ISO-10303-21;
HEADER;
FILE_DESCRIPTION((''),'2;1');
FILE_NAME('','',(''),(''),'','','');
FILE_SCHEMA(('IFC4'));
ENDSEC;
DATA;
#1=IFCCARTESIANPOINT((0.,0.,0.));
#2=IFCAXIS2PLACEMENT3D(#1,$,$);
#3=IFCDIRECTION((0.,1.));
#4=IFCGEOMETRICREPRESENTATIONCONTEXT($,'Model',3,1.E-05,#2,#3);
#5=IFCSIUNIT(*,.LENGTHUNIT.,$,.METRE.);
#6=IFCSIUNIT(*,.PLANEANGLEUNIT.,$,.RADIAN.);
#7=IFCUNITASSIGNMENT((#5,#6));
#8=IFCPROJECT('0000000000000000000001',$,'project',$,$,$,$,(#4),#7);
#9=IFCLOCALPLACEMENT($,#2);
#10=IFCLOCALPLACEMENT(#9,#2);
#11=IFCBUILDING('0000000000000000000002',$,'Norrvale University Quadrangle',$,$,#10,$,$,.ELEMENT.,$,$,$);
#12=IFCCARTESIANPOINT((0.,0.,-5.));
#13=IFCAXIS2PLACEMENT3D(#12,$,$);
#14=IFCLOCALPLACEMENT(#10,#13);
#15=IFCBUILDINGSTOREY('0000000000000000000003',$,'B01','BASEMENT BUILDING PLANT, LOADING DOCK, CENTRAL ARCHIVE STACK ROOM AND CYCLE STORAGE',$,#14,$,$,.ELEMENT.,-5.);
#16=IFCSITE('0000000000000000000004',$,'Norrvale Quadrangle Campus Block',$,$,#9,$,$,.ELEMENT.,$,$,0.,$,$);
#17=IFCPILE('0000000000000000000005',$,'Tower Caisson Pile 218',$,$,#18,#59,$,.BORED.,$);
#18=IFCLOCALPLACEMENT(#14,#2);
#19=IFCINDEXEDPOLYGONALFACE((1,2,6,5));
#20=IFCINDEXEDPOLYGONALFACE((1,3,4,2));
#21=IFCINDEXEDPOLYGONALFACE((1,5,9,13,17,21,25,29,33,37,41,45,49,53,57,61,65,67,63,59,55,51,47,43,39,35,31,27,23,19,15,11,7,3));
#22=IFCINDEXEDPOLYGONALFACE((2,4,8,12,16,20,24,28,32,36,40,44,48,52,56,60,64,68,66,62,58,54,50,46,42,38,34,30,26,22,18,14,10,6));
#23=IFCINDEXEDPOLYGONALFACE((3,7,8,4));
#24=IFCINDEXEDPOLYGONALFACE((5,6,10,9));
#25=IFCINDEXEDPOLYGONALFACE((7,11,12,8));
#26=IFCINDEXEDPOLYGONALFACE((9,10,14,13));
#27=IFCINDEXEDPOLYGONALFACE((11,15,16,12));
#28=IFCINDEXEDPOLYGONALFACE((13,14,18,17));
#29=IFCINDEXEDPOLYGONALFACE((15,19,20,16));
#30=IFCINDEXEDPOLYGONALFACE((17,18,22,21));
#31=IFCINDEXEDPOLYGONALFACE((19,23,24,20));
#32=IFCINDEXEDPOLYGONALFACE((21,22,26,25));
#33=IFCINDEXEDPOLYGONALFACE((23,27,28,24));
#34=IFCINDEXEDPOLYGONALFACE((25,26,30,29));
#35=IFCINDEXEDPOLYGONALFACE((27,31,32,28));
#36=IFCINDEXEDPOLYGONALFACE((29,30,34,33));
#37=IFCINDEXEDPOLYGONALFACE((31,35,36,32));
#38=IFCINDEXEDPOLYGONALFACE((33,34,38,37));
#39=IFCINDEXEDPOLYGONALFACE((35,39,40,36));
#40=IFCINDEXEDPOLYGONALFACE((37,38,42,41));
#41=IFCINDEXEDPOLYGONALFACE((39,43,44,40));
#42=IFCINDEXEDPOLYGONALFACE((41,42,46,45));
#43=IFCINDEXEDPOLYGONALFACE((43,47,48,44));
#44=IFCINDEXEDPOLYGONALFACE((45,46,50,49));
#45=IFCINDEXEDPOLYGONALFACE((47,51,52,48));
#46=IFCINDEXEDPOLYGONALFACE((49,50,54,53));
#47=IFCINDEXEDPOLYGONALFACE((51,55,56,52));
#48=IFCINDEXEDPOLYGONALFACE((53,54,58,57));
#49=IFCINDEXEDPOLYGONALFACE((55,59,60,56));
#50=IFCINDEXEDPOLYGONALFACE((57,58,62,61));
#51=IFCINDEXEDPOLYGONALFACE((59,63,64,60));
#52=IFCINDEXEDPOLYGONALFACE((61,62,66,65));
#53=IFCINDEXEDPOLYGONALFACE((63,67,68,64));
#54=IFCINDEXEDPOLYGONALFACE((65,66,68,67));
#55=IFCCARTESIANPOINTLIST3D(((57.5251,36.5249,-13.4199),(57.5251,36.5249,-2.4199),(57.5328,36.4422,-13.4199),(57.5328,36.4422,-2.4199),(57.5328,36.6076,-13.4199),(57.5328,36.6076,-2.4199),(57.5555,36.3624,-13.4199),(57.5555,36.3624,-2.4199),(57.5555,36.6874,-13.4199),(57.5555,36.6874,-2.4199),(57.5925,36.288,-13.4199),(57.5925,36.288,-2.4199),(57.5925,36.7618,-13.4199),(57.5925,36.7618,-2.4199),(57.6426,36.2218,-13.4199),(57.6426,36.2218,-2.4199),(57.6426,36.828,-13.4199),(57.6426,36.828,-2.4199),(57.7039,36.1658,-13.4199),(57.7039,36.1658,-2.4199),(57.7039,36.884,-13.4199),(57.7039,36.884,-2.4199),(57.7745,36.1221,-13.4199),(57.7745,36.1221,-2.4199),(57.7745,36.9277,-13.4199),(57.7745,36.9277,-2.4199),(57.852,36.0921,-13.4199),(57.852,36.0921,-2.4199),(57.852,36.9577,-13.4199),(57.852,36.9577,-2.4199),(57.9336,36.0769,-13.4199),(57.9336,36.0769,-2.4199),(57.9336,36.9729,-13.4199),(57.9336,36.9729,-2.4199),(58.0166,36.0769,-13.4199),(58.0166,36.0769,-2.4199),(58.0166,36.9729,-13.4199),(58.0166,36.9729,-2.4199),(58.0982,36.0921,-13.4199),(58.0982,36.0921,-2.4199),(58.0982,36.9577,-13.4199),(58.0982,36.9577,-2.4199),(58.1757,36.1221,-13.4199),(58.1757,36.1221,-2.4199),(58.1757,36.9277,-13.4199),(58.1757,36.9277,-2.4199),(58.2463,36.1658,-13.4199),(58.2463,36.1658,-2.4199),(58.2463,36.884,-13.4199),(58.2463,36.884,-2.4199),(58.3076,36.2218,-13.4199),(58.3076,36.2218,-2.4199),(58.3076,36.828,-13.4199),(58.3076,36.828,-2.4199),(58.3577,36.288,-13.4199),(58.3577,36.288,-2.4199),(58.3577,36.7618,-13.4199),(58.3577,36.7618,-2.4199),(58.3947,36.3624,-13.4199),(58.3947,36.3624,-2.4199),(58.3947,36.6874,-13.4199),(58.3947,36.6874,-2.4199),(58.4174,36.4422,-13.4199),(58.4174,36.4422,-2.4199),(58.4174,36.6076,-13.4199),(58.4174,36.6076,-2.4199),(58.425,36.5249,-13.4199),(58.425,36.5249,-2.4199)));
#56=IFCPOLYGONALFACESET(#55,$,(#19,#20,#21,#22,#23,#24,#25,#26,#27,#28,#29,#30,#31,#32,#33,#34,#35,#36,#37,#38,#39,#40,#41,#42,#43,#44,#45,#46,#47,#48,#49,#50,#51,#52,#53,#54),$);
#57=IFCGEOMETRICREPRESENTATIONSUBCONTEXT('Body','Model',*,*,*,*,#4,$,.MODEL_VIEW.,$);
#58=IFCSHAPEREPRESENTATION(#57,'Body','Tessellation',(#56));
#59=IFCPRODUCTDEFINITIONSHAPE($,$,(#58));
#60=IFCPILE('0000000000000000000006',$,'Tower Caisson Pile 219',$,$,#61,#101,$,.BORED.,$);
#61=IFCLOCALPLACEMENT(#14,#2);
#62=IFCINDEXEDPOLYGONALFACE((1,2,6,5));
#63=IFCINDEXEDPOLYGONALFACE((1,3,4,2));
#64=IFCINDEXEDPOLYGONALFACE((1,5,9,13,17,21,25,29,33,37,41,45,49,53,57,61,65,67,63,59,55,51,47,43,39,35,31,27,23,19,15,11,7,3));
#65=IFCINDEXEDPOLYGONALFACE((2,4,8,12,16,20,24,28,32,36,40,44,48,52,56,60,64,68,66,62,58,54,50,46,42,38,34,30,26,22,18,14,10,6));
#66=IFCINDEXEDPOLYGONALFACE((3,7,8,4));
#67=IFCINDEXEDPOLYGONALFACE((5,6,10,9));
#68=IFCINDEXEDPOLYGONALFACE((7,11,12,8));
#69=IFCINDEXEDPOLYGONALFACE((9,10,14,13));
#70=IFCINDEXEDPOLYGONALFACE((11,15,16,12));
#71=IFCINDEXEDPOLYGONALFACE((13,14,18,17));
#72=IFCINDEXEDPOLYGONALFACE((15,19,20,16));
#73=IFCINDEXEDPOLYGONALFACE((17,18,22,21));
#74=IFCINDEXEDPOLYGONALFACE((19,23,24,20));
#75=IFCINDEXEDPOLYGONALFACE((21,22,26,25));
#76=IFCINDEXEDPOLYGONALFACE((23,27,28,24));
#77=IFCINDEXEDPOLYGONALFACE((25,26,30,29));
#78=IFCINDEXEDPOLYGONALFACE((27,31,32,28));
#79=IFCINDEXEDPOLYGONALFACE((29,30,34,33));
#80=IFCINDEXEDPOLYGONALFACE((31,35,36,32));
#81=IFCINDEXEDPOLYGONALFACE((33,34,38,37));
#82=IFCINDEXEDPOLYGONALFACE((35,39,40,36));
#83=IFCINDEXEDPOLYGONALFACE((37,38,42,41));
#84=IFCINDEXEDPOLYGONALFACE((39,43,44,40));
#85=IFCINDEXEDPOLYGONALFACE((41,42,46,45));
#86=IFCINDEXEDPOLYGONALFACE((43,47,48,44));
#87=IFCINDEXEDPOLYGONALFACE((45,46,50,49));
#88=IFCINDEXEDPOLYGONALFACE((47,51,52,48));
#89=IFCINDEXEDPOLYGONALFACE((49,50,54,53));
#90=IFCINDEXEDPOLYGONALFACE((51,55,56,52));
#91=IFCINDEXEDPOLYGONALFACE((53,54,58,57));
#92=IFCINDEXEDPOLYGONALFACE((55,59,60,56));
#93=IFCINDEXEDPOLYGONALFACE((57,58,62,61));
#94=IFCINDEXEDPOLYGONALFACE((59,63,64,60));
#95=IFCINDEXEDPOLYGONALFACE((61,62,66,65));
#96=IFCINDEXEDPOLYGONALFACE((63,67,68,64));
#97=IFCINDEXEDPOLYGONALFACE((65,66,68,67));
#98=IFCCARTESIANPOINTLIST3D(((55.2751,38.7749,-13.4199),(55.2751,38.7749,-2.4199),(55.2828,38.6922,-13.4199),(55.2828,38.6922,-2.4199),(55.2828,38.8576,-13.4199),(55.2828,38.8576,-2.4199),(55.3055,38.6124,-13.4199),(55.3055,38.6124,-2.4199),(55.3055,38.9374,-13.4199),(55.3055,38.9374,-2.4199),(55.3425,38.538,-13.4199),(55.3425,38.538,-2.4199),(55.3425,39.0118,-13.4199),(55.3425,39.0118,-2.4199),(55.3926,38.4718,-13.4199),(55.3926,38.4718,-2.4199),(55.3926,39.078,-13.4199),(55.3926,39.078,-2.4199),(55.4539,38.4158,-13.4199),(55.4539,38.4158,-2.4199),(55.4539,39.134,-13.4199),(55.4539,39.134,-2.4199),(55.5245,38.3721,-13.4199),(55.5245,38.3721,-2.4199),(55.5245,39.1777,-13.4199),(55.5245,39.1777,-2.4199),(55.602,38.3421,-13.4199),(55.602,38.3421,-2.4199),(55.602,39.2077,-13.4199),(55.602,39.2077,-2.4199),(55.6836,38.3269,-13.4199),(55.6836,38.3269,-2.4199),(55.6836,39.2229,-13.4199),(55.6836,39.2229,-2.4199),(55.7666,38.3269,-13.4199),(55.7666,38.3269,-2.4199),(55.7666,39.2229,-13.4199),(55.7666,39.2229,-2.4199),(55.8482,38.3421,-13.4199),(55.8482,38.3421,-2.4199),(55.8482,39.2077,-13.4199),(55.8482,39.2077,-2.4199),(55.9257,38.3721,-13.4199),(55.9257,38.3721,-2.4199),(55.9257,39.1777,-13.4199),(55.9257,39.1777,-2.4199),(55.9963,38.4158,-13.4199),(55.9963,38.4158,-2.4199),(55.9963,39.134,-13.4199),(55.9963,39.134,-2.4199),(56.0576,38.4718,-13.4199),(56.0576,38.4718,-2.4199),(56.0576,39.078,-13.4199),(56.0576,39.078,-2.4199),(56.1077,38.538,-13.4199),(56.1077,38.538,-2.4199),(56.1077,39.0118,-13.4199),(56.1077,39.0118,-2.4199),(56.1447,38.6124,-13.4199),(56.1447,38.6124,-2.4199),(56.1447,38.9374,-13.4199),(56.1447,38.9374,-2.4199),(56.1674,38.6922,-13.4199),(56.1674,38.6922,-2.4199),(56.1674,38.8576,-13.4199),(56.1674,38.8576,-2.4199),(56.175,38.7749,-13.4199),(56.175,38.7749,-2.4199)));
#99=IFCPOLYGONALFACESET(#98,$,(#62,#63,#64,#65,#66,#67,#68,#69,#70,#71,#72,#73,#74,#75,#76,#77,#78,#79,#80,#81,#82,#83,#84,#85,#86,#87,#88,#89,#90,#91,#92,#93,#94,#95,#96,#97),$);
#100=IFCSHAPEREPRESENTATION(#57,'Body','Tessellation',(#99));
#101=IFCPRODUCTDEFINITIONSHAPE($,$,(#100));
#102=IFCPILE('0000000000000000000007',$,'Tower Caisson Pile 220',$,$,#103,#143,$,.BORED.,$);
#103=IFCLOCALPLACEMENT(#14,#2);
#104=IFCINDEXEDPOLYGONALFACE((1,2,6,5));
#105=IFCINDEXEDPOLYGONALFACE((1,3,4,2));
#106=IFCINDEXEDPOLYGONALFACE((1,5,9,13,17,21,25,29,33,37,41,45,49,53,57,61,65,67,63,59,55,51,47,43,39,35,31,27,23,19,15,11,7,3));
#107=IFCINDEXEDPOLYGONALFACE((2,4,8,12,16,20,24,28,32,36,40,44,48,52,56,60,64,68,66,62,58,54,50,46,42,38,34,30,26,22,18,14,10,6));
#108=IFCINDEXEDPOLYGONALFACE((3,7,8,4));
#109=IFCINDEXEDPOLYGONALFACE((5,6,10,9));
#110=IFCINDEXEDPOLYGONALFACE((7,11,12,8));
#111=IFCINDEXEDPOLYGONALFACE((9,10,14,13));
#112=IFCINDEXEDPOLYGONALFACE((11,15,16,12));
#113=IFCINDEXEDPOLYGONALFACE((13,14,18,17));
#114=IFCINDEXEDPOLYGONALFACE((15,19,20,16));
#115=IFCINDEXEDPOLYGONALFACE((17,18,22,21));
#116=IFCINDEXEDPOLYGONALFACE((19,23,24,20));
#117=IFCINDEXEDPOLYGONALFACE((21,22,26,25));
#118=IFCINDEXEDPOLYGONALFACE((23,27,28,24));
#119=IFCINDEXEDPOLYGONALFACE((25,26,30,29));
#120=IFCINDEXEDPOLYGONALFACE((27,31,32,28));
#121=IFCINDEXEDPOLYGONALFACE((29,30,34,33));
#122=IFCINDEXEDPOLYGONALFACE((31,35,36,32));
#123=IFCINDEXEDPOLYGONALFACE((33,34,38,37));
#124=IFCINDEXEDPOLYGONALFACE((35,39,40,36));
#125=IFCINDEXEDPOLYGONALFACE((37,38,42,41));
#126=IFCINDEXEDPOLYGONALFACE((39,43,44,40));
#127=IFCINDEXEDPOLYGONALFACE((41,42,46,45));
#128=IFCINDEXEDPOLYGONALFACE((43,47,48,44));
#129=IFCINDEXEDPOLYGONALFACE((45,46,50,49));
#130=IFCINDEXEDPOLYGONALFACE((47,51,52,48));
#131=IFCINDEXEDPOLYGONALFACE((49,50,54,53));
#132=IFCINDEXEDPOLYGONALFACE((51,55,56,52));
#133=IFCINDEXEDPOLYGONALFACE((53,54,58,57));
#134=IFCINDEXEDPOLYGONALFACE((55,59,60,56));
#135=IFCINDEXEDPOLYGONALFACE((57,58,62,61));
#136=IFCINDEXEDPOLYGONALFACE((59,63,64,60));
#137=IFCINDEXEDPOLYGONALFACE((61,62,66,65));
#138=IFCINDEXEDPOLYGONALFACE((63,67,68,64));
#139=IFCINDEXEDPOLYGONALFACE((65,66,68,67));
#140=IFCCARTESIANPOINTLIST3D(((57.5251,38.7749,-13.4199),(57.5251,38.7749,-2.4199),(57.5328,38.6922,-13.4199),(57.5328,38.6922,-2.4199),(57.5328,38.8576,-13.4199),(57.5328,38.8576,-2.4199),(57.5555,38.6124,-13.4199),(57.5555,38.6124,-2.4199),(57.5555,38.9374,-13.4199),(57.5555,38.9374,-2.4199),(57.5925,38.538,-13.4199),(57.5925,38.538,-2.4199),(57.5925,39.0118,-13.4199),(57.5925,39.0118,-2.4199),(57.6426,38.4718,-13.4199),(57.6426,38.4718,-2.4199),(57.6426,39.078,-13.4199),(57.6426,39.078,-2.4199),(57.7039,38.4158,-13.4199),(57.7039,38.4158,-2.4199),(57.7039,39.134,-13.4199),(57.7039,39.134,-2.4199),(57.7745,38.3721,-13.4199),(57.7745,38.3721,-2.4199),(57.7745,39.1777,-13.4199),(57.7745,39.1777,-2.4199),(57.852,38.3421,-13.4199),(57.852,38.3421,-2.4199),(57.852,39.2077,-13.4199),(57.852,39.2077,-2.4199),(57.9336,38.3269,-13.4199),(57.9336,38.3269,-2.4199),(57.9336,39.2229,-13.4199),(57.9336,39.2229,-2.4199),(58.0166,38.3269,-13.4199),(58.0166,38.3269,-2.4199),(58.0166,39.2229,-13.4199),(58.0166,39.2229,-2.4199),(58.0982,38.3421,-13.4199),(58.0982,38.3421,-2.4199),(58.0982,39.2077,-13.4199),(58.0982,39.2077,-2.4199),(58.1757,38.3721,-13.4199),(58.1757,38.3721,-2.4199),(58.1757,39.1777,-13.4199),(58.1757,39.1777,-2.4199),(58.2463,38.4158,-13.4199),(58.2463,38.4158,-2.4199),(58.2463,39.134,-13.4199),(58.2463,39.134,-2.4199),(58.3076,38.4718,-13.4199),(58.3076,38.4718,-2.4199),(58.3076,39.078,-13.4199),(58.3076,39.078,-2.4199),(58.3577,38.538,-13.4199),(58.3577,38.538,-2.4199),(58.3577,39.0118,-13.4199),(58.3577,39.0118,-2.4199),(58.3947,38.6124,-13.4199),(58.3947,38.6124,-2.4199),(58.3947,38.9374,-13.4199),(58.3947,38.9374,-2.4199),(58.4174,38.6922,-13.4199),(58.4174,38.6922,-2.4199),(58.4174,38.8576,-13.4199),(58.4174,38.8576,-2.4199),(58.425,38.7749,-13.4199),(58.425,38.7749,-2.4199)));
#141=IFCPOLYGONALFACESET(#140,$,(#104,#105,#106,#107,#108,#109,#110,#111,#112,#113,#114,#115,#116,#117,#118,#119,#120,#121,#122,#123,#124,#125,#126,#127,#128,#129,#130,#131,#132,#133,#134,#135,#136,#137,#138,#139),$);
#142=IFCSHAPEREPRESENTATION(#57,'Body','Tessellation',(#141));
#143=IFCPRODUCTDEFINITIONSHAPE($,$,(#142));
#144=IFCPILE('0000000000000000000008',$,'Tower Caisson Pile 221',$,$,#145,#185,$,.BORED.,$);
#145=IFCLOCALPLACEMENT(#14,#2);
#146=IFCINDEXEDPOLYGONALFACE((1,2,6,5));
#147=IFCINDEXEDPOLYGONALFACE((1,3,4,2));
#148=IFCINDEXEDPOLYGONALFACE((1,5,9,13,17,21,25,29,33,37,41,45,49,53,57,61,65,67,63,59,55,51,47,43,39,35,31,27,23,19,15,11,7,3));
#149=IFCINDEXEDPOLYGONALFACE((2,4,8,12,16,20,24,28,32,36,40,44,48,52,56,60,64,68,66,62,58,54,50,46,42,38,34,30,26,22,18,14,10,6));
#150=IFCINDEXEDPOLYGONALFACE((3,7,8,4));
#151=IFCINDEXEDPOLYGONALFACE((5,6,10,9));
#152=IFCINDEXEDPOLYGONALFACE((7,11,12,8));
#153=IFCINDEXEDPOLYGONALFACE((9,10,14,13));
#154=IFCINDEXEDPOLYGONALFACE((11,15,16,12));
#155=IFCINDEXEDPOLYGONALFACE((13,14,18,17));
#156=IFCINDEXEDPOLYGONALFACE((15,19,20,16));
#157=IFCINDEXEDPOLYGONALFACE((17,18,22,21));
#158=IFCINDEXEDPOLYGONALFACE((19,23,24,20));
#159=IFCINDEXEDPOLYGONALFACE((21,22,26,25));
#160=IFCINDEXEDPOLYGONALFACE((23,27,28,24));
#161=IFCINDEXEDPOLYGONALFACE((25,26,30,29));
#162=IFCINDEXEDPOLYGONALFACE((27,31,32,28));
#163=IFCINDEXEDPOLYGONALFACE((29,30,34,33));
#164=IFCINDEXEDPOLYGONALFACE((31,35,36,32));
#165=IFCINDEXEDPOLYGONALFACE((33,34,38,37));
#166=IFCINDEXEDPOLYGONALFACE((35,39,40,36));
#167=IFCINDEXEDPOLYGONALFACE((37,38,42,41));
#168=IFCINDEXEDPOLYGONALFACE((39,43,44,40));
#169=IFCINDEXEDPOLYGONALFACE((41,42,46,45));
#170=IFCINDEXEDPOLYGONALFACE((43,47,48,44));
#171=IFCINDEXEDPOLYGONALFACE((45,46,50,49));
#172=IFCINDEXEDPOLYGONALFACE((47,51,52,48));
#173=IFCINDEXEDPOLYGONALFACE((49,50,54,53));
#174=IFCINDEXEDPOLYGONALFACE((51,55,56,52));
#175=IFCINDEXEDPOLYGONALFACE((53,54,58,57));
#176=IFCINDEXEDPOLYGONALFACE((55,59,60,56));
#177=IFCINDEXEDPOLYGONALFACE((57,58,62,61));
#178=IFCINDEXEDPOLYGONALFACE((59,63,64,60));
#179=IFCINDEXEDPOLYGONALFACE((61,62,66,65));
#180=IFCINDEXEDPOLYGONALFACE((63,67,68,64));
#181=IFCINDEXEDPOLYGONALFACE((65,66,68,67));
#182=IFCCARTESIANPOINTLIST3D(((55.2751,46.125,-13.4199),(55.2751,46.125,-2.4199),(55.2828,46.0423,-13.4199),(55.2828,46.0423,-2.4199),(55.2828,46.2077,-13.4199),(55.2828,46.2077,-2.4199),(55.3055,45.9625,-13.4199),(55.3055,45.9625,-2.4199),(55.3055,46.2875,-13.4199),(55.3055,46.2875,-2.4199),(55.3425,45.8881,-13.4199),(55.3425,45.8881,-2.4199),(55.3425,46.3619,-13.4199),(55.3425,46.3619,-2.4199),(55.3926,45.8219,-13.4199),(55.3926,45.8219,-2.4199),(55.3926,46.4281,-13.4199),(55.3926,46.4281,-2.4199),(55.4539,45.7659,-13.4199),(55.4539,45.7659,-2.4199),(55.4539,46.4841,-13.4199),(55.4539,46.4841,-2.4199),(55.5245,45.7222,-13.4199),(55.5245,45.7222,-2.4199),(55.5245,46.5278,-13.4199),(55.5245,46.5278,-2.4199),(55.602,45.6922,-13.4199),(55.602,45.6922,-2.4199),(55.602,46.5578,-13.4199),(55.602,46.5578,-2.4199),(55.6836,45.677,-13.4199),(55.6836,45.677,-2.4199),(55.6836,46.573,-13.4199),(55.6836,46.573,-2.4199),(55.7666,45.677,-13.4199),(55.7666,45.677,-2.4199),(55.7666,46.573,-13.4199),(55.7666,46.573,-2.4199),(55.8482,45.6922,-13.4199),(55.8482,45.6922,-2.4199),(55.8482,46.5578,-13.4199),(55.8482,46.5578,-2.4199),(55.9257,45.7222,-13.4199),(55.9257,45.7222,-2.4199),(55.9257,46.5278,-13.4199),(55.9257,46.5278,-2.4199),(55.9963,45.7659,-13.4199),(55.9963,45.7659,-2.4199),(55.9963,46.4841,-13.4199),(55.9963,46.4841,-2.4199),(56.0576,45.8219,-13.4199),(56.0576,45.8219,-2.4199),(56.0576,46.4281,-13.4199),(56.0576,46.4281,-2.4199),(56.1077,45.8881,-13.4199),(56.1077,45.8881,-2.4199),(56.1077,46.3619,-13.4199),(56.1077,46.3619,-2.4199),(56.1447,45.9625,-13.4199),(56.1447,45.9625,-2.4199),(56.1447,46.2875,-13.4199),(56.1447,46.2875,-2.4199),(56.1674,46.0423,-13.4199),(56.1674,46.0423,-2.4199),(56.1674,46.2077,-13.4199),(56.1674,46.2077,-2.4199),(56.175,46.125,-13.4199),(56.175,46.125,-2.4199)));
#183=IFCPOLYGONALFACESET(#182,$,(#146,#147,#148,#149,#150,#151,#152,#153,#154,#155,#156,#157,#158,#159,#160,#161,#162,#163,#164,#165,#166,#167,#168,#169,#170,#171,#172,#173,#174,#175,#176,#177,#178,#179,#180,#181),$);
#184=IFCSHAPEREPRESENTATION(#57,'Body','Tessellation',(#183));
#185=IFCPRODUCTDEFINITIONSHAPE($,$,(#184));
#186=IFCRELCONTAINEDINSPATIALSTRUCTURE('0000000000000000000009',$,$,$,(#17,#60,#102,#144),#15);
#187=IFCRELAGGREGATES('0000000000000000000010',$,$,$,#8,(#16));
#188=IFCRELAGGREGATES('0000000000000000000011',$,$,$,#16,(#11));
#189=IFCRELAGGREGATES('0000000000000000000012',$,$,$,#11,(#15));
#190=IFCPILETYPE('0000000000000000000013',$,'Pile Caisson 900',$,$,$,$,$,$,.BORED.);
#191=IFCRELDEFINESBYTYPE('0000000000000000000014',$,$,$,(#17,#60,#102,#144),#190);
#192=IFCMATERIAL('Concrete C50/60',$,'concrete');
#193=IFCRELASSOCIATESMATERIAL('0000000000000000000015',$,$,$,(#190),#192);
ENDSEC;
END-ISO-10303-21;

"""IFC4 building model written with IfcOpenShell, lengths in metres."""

from ifc_helpers import new_model, si_unit, direction, frame, origin, origin_2d, place, context, subcontext, project, spatial, circle, extrude, material, material_profile, profile_set, type_object, element, save


model = new_model("IFC4")

# Units and contexts
model_context = context("Model", 3, precision=1e-05, world=origin(), true_north=direction((0.0, 1.0)))
body_context = subcontext(model_context, "Body", "Model", "MODEL_VIEW")
ifc_project = project(units=[si_unit("LENGTHUNIT", "METRE"), si_unit("PLANEANGLEUNIT", "RADIAN")], contexts=[model_context])

# Site, building, storey
site_placement = place(None, origin())
site = spatial("IfcSite", under=ifc_project, at=site_placement, Name="Norrvale Quadrangle Campus Block", CompositionType="ELEMENT", RefElevation=0.0)
building_placement = place(site_placement, origin())
building = spatial("IfcBuilding", under=site, at=building_placement, Name="Norrvale University Quadrangle", CompositionType="ELEMENT")
storey_placement = place(building_placement, frame((0.0, 0.0, -5.0)))
storey = spatial("IfcBuildingStorey", under=building, at=storey_placement, Name="B01", Description="BASEMENT BUILDING PLANT, LOADING DOCK, CENTRAL ARCHIVE STACK ROOM AND CYCLE STORAGE", CompositionType="ELEMENT", Elevation=-5.0)

# Shared definitions
ifc_material_1 = material(Name="Concrete C50/60", Category="concrete")

# Piles
ifc_material_profile_1 = material_profile(ifc_material_1, circle(Radius=0.45, at=origin_2d()), Name="Concrete C50/60")
ifc_profile_set_1 = profile_set([ifc_material_profile_1], Name="Concrete C50/60")
pile_type_1 = type_object("IfcPileType", Name="Pile Caisson 900", PredefinedType="BORED", material=ifc_profile_set_1)
for number, where, z_axis, x_axis, name in (
    (1, (57.9751, 36.5249, -2.4199), (0.0, 0.0, -1.0), (1.0, 0.0, 0.0), "Tower Caisson Pile 218"),
    (2, (55.7251, 38.7749, -2.4199), (0.0, 0.0, -1.0), (1.0, 0.0, 0.0), "Tower Caisson Pile 219"),
    (3, (57.9751, 38.7749, -2.4199), (0.0, 0.0, -1.0), (1.0, 0.0, 0.0), "Tower Caisson Pile 220"),
    (4, (55.7251, 46.125, -2.4199), (0.0, 0.0, -1.0), (1.0, 0.0, 0.0), "Tower Caisson Pile 221"),
):
    element("IfcPile", number, at=place(storey_placement, frame(where, z_axis=z_axis, x_axis=x_axis)), inside=storey, type_object=pile_type_1, Name=name, PredefinedType="BORED", context=body_context, shape_type="SweptSolid", body=[
        extrude(circle(Radius=0.45, at=origin_2d()), origin(), (0.0, 0.0, 1.0), 11.0),
    ])

save(model, "model.ifc")
